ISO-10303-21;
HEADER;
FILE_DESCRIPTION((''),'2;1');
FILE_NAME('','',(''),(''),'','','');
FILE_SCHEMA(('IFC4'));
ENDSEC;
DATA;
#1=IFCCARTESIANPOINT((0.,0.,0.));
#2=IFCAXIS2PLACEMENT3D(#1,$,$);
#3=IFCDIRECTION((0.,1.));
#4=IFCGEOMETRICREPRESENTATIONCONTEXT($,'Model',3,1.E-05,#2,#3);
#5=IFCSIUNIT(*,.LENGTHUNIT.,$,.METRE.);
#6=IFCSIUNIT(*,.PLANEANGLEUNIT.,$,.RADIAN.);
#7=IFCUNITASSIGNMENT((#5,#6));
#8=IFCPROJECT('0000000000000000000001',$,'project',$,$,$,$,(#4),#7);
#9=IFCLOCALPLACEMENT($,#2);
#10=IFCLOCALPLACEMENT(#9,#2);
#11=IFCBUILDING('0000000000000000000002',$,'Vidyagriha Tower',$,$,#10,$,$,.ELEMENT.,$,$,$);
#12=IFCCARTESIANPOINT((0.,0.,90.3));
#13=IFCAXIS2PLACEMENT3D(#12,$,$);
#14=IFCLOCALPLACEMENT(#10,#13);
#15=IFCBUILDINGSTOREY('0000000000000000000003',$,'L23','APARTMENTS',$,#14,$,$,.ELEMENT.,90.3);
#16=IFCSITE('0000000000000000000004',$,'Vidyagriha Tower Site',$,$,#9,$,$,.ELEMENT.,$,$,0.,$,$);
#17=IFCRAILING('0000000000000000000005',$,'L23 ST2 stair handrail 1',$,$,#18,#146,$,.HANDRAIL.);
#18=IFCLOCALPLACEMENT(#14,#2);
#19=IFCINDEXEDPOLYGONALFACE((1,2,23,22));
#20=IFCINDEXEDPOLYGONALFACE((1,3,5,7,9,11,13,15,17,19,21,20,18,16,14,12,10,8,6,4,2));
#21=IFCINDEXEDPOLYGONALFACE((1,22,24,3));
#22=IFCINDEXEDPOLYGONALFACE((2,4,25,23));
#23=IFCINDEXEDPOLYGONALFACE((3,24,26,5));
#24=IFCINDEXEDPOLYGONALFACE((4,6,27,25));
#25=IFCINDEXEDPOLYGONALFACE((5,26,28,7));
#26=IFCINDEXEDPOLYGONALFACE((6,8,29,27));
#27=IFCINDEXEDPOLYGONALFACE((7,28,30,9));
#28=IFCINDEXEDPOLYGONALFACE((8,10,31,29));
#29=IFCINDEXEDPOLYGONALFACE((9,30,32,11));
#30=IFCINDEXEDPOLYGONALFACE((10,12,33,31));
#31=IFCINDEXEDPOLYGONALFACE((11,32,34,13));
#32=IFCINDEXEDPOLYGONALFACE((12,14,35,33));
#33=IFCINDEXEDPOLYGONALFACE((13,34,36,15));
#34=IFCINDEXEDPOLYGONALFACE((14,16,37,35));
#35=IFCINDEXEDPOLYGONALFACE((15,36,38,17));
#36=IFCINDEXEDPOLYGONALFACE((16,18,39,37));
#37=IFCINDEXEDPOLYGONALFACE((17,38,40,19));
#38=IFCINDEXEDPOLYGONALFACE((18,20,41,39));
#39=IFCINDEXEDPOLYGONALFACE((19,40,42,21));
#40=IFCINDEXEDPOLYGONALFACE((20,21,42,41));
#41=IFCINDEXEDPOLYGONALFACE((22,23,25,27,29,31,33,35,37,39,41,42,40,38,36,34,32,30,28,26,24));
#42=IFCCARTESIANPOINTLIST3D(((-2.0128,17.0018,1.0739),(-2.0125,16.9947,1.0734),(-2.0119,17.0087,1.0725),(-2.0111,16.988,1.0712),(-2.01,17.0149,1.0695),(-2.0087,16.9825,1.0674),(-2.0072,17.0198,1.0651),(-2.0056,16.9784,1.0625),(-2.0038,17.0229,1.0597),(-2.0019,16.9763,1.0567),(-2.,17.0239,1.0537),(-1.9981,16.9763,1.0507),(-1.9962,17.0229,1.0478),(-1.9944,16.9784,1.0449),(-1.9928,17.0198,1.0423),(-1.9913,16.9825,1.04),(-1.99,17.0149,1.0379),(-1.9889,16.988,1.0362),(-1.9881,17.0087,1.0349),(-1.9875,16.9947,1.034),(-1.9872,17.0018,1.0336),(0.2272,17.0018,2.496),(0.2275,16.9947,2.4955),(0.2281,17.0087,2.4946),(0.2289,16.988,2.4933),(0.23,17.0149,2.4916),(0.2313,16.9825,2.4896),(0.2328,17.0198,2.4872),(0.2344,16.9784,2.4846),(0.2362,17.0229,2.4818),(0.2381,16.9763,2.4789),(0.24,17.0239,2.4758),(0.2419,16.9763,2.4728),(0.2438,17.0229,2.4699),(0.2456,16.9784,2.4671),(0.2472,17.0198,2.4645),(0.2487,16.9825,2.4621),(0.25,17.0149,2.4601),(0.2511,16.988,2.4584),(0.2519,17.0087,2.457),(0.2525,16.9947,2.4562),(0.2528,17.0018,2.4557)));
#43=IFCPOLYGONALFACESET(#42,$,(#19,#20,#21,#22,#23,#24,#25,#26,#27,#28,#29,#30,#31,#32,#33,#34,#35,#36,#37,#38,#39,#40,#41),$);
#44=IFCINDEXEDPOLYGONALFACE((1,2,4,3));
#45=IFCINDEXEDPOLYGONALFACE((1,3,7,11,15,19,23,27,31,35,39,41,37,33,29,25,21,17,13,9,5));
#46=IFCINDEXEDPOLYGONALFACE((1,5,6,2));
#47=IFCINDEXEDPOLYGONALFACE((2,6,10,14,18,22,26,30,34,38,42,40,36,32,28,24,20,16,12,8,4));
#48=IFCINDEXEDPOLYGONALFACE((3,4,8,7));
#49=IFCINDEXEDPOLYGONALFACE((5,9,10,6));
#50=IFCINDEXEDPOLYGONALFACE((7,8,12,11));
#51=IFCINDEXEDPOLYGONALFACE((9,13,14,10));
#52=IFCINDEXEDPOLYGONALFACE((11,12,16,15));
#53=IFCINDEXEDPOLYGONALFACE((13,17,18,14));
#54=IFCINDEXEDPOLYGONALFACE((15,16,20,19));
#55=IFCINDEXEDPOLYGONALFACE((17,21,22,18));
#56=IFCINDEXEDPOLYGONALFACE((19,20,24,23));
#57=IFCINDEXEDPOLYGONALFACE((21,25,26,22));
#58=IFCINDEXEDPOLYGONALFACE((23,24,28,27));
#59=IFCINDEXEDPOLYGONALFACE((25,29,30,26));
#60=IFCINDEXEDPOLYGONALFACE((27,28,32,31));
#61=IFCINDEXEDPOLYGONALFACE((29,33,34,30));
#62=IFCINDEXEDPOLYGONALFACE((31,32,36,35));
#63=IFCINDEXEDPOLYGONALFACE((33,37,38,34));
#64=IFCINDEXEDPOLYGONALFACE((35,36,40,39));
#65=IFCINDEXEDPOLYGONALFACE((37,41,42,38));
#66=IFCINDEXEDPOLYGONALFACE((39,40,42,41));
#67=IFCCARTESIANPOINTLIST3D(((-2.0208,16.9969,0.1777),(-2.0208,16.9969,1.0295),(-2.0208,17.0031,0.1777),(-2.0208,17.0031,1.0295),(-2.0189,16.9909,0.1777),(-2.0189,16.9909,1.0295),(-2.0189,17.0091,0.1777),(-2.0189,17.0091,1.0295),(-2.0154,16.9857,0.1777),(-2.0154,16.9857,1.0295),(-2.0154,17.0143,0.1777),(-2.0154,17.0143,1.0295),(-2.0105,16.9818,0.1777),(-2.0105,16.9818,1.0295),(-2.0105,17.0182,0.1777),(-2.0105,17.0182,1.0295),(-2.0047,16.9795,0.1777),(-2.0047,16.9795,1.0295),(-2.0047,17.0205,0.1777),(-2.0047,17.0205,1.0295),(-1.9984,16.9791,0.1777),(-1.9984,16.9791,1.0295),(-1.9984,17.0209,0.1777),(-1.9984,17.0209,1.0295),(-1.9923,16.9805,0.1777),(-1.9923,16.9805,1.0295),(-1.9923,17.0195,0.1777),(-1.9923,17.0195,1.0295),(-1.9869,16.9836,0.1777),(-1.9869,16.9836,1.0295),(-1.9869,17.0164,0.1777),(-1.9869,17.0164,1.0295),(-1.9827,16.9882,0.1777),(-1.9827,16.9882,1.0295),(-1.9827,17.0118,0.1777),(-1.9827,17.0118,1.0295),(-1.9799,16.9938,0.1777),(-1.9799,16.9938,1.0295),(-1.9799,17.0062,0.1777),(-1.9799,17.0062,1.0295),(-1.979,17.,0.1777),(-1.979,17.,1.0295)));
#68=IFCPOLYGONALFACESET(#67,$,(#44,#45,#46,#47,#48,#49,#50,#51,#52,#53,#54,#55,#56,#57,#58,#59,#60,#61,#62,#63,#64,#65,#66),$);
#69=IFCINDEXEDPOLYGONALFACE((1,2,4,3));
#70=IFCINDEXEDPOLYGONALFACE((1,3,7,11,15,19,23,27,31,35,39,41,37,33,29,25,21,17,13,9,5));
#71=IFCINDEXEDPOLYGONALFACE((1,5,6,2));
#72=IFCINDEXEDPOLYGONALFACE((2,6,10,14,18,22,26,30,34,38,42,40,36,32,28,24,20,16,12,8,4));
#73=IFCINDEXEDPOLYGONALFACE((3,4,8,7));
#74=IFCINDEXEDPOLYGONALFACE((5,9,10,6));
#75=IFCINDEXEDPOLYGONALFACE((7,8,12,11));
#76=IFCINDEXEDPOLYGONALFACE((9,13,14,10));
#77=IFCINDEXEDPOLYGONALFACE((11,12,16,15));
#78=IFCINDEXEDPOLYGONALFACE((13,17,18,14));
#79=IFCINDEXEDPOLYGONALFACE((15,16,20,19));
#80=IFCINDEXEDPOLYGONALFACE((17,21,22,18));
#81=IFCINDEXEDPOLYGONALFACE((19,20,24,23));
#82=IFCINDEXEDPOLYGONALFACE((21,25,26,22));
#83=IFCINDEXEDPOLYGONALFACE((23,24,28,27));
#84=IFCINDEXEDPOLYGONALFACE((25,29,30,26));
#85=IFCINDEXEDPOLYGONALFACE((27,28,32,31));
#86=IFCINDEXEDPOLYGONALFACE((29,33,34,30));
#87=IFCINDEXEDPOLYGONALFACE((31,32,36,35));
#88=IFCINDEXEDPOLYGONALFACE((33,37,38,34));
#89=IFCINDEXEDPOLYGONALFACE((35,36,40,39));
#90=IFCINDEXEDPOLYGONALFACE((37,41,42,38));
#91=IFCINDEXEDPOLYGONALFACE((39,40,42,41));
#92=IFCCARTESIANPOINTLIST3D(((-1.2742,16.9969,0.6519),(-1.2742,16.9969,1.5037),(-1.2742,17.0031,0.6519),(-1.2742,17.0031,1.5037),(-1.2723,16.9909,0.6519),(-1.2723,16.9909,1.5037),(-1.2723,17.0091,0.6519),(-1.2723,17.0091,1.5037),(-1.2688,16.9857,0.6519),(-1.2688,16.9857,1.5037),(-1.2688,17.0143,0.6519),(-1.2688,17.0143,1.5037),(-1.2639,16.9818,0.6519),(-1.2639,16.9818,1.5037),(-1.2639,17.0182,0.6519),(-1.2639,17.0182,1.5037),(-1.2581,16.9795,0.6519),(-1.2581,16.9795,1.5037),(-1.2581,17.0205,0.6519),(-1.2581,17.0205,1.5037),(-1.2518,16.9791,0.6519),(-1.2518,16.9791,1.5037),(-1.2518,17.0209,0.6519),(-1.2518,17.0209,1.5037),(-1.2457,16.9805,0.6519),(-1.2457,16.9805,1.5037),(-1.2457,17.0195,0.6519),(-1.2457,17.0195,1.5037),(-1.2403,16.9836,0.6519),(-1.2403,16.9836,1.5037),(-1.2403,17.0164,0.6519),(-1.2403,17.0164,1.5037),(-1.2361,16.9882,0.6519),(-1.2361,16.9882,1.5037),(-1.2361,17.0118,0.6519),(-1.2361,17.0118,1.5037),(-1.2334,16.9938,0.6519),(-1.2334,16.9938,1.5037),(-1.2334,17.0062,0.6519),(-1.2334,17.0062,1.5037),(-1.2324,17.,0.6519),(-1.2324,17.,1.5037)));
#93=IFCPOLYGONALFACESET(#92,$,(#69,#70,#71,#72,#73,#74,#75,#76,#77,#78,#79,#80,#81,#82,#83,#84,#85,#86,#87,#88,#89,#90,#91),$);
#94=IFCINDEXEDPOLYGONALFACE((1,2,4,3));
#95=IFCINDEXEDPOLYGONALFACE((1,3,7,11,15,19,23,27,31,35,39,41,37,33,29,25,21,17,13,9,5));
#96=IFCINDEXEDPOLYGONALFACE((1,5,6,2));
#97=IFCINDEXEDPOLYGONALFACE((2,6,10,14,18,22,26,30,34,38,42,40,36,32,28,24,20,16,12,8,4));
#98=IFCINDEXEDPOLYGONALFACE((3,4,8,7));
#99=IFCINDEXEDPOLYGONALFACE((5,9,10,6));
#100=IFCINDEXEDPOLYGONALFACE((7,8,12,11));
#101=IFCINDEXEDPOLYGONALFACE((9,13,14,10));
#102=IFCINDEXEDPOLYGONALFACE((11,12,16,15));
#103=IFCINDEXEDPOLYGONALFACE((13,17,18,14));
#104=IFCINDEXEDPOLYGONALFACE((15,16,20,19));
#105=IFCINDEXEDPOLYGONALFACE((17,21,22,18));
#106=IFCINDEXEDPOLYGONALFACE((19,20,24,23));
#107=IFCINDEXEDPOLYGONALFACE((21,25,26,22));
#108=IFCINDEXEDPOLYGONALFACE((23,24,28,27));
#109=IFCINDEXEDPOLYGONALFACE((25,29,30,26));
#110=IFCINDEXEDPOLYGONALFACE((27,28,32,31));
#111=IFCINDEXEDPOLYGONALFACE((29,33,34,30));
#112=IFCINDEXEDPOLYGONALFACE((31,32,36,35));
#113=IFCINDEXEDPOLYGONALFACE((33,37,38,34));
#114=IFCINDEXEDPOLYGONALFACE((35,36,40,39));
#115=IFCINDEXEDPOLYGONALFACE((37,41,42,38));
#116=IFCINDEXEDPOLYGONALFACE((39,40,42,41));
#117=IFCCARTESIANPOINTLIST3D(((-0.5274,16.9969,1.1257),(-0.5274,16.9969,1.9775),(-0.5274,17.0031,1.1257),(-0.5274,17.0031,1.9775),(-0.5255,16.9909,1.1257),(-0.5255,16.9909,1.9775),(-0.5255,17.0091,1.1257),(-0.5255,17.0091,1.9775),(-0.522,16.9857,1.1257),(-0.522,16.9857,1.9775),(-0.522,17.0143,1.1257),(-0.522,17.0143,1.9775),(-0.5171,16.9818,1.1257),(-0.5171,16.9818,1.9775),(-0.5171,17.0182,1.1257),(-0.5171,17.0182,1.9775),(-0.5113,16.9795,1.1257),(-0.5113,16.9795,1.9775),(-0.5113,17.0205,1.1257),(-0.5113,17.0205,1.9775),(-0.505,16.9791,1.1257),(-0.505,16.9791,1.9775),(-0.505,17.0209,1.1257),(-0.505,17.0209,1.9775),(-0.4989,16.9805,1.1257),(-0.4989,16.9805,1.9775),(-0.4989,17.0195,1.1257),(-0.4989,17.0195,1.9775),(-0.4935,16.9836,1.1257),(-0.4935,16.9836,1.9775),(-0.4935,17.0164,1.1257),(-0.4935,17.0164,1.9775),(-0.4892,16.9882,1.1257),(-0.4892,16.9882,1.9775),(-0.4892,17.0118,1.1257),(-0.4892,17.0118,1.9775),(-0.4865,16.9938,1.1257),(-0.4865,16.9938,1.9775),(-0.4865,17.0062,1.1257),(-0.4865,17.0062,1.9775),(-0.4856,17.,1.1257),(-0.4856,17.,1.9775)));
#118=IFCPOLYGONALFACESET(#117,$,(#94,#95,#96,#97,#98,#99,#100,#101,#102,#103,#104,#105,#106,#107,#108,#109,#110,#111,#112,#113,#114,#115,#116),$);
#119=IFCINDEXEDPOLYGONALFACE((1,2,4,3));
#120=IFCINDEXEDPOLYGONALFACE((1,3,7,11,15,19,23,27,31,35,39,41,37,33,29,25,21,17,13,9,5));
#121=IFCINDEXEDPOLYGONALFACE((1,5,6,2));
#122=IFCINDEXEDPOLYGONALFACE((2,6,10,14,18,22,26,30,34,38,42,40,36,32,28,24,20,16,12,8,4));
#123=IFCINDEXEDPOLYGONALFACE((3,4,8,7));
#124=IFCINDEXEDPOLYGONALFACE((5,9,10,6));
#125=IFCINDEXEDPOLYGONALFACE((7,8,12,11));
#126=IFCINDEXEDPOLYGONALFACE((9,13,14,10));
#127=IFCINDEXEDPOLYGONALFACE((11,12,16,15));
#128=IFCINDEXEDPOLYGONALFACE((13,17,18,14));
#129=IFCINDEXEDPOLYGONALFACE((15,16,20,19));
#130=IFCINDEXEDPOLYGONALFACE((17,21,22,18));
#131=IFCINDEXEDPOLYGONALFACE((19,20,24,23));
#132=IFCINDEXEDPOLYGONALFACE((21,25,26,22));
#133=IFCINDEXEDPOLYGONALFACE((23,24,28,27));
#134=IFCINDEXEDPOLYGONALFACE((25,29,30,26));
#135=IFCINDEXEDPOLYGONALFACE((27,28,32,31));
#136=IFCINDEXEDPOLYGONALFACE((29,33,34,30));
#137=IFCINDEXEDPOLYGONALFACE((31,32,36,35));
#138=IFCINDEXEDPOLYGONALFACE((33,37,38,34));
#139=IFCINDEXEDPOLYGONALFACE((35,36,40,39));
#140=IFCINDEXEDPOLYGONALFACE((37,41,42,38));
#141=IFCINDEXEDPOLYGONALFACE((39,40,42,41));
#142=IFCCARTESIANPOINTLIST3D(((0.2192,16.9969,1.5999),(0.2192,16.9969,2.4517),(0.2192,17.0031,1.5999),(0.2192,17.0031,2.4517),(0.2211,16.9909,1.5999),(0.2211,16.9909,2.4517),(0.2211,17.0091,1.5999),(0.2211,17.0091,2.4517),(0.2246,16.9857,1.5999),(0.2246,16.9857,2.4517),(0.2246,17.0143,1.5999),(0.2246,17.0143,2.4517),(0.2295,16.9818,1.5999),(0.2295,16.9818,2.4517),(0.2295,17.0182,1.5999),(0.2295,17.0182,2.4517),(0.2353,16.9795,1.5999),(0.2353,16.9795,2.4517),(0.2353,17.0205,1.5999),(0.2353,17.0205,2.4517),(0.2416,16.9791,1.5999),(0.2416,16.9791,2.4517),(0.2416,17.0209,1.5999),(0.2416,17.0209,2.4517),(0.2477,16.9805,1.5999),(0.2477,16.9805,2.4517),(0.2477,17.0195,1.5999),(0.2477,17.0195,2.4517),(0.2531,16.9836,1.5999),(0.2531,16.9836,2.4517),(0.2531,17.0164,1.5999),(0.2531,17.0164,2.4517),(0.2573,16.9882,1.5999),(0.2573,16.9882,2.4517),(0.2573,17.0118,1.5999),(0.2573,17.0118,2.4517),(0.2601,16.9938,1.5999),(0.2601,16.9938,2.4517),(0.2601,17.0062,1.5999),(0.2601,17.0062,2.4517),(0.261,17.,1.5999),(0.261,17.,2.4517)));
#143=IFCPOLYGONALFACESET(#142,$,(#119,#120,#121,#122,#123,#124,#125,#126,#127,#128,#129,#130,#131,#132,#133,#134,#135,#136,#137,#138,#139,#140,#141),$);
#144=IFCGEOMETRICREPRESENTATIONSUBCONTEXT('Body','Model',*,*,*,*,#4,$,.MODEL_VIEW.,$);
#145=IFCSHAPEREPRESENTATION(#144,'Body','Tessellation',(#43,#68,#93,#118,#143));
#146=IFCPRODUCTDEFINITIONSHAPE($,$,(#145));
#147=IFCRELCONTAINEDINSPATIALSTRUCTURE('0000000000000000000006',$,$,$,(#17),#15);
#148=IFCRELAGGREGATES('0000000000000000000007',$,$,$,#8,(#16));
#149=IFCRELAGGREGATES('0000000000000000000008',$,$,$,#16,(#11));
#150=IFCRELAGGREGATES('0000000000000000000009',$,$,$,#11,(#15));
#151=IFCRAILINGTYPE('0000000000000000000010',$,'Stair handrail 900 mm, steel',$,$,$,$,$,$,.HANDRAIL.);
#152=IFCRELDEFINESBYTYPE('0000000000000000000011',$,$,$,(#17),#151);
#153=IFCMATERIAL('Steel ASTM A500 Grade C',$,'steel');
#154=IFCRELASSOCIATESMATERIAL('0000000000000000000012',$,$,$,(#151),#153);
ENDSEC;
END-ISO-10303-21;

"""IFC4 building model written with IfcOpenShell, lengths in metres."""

from ifc_helpers import new_model, si_unit, direction, frame, origin, origin_2d, place, context, subcontext, project, spatial, circle, extrude, material, type_object, element, save


model = new_model("IFC4")

# Units and contexts
model_context = context("Model", 3, precision=1e-05, world=origin(), true_north=direction((0.0, 1.0)))
body_context = subcontext(model_context, "Body", "Model", "MODEL_VIEW")
ifc_project = project(units=[si_unit("LENGTHUNIT", "METRE"), si_unit("PLANEANGLEUNIT", "RADIAN")], contexts=[model_context])

# Site, building, storey
site_placement = place(None, origin())
site = spatial("IfcSite", under=ifc_project, at=site_placement, Name="Vidyagriha Tower Site", CompositionType="ELEMENT", RefElevation=0.0)
building_placement = place(site_placement, origin())
building = spatial("IfcBuilding", under=site, at=building_placement, Name="Vidyagriha Tower", CompositionType="ELEMENT")
storey_placement = place(building_placement, frame((0.0, 0.0, 90.3)))
storey = spatial("IfcBuildingStorey", under=building, at=storey_placement, Name="L23", Description="APARTMENTS", CompositionType="ELEMENT", Elevation=90.3)

# Railing
ifc_material_1 = material(Name="Steel ASTM A500 Grade C", Category="steel")
railing_type_1 = type_object("IfcRailingType", Name="Stair handrail 900 mm, steel", PredefinedType="HANDRAIL", material=ifc_material_1)
railing_1_placement = place(storey_placement, frame((-2.0, 17.0, 0.1777)))
element("IfcRailing", 1, at=railing_1_placement, inside=storey, type_object=railing_type_1, Name="L23 ST2 stair handrail 1", PredefinedType="HANDRAIL", context=body_context, shape_type="SweptSolid", body=[
    extrude(circle(Radius=0.0239, at=origin_2d()), frame((0.0, 0.0, 0.876), z_axis=(0.844229, 0.0, 0.535982), x_axis=(0.0, 1.0, 0.0)), (0.0, 0.0, 1.0), 2.6533),
    extrude(circle(Radius=0.021, at=origin_2d()), origin(), (0.0, 0.0, 1.0), 0.8518),
    extrude(circle(Radius=0.021, at=origin_2d()), frame((0.7466, 0.0, 0.4741)), (0.0, 0.0, 1.0), 0.8518),
    extrude(circle(Radius=0.021, at=origin_2d()), frame((1.4934, 0.0, 0.948)), (0.0, 0.0, 1.0), 0.8518),
    extrude(circle(Radius=0.021, at=origin_2d()), frame((2.24, 0.0, 1.4221)), (0.0, 0.0, 1.0), 0.8518),
])

save(model, "model.ifc")
